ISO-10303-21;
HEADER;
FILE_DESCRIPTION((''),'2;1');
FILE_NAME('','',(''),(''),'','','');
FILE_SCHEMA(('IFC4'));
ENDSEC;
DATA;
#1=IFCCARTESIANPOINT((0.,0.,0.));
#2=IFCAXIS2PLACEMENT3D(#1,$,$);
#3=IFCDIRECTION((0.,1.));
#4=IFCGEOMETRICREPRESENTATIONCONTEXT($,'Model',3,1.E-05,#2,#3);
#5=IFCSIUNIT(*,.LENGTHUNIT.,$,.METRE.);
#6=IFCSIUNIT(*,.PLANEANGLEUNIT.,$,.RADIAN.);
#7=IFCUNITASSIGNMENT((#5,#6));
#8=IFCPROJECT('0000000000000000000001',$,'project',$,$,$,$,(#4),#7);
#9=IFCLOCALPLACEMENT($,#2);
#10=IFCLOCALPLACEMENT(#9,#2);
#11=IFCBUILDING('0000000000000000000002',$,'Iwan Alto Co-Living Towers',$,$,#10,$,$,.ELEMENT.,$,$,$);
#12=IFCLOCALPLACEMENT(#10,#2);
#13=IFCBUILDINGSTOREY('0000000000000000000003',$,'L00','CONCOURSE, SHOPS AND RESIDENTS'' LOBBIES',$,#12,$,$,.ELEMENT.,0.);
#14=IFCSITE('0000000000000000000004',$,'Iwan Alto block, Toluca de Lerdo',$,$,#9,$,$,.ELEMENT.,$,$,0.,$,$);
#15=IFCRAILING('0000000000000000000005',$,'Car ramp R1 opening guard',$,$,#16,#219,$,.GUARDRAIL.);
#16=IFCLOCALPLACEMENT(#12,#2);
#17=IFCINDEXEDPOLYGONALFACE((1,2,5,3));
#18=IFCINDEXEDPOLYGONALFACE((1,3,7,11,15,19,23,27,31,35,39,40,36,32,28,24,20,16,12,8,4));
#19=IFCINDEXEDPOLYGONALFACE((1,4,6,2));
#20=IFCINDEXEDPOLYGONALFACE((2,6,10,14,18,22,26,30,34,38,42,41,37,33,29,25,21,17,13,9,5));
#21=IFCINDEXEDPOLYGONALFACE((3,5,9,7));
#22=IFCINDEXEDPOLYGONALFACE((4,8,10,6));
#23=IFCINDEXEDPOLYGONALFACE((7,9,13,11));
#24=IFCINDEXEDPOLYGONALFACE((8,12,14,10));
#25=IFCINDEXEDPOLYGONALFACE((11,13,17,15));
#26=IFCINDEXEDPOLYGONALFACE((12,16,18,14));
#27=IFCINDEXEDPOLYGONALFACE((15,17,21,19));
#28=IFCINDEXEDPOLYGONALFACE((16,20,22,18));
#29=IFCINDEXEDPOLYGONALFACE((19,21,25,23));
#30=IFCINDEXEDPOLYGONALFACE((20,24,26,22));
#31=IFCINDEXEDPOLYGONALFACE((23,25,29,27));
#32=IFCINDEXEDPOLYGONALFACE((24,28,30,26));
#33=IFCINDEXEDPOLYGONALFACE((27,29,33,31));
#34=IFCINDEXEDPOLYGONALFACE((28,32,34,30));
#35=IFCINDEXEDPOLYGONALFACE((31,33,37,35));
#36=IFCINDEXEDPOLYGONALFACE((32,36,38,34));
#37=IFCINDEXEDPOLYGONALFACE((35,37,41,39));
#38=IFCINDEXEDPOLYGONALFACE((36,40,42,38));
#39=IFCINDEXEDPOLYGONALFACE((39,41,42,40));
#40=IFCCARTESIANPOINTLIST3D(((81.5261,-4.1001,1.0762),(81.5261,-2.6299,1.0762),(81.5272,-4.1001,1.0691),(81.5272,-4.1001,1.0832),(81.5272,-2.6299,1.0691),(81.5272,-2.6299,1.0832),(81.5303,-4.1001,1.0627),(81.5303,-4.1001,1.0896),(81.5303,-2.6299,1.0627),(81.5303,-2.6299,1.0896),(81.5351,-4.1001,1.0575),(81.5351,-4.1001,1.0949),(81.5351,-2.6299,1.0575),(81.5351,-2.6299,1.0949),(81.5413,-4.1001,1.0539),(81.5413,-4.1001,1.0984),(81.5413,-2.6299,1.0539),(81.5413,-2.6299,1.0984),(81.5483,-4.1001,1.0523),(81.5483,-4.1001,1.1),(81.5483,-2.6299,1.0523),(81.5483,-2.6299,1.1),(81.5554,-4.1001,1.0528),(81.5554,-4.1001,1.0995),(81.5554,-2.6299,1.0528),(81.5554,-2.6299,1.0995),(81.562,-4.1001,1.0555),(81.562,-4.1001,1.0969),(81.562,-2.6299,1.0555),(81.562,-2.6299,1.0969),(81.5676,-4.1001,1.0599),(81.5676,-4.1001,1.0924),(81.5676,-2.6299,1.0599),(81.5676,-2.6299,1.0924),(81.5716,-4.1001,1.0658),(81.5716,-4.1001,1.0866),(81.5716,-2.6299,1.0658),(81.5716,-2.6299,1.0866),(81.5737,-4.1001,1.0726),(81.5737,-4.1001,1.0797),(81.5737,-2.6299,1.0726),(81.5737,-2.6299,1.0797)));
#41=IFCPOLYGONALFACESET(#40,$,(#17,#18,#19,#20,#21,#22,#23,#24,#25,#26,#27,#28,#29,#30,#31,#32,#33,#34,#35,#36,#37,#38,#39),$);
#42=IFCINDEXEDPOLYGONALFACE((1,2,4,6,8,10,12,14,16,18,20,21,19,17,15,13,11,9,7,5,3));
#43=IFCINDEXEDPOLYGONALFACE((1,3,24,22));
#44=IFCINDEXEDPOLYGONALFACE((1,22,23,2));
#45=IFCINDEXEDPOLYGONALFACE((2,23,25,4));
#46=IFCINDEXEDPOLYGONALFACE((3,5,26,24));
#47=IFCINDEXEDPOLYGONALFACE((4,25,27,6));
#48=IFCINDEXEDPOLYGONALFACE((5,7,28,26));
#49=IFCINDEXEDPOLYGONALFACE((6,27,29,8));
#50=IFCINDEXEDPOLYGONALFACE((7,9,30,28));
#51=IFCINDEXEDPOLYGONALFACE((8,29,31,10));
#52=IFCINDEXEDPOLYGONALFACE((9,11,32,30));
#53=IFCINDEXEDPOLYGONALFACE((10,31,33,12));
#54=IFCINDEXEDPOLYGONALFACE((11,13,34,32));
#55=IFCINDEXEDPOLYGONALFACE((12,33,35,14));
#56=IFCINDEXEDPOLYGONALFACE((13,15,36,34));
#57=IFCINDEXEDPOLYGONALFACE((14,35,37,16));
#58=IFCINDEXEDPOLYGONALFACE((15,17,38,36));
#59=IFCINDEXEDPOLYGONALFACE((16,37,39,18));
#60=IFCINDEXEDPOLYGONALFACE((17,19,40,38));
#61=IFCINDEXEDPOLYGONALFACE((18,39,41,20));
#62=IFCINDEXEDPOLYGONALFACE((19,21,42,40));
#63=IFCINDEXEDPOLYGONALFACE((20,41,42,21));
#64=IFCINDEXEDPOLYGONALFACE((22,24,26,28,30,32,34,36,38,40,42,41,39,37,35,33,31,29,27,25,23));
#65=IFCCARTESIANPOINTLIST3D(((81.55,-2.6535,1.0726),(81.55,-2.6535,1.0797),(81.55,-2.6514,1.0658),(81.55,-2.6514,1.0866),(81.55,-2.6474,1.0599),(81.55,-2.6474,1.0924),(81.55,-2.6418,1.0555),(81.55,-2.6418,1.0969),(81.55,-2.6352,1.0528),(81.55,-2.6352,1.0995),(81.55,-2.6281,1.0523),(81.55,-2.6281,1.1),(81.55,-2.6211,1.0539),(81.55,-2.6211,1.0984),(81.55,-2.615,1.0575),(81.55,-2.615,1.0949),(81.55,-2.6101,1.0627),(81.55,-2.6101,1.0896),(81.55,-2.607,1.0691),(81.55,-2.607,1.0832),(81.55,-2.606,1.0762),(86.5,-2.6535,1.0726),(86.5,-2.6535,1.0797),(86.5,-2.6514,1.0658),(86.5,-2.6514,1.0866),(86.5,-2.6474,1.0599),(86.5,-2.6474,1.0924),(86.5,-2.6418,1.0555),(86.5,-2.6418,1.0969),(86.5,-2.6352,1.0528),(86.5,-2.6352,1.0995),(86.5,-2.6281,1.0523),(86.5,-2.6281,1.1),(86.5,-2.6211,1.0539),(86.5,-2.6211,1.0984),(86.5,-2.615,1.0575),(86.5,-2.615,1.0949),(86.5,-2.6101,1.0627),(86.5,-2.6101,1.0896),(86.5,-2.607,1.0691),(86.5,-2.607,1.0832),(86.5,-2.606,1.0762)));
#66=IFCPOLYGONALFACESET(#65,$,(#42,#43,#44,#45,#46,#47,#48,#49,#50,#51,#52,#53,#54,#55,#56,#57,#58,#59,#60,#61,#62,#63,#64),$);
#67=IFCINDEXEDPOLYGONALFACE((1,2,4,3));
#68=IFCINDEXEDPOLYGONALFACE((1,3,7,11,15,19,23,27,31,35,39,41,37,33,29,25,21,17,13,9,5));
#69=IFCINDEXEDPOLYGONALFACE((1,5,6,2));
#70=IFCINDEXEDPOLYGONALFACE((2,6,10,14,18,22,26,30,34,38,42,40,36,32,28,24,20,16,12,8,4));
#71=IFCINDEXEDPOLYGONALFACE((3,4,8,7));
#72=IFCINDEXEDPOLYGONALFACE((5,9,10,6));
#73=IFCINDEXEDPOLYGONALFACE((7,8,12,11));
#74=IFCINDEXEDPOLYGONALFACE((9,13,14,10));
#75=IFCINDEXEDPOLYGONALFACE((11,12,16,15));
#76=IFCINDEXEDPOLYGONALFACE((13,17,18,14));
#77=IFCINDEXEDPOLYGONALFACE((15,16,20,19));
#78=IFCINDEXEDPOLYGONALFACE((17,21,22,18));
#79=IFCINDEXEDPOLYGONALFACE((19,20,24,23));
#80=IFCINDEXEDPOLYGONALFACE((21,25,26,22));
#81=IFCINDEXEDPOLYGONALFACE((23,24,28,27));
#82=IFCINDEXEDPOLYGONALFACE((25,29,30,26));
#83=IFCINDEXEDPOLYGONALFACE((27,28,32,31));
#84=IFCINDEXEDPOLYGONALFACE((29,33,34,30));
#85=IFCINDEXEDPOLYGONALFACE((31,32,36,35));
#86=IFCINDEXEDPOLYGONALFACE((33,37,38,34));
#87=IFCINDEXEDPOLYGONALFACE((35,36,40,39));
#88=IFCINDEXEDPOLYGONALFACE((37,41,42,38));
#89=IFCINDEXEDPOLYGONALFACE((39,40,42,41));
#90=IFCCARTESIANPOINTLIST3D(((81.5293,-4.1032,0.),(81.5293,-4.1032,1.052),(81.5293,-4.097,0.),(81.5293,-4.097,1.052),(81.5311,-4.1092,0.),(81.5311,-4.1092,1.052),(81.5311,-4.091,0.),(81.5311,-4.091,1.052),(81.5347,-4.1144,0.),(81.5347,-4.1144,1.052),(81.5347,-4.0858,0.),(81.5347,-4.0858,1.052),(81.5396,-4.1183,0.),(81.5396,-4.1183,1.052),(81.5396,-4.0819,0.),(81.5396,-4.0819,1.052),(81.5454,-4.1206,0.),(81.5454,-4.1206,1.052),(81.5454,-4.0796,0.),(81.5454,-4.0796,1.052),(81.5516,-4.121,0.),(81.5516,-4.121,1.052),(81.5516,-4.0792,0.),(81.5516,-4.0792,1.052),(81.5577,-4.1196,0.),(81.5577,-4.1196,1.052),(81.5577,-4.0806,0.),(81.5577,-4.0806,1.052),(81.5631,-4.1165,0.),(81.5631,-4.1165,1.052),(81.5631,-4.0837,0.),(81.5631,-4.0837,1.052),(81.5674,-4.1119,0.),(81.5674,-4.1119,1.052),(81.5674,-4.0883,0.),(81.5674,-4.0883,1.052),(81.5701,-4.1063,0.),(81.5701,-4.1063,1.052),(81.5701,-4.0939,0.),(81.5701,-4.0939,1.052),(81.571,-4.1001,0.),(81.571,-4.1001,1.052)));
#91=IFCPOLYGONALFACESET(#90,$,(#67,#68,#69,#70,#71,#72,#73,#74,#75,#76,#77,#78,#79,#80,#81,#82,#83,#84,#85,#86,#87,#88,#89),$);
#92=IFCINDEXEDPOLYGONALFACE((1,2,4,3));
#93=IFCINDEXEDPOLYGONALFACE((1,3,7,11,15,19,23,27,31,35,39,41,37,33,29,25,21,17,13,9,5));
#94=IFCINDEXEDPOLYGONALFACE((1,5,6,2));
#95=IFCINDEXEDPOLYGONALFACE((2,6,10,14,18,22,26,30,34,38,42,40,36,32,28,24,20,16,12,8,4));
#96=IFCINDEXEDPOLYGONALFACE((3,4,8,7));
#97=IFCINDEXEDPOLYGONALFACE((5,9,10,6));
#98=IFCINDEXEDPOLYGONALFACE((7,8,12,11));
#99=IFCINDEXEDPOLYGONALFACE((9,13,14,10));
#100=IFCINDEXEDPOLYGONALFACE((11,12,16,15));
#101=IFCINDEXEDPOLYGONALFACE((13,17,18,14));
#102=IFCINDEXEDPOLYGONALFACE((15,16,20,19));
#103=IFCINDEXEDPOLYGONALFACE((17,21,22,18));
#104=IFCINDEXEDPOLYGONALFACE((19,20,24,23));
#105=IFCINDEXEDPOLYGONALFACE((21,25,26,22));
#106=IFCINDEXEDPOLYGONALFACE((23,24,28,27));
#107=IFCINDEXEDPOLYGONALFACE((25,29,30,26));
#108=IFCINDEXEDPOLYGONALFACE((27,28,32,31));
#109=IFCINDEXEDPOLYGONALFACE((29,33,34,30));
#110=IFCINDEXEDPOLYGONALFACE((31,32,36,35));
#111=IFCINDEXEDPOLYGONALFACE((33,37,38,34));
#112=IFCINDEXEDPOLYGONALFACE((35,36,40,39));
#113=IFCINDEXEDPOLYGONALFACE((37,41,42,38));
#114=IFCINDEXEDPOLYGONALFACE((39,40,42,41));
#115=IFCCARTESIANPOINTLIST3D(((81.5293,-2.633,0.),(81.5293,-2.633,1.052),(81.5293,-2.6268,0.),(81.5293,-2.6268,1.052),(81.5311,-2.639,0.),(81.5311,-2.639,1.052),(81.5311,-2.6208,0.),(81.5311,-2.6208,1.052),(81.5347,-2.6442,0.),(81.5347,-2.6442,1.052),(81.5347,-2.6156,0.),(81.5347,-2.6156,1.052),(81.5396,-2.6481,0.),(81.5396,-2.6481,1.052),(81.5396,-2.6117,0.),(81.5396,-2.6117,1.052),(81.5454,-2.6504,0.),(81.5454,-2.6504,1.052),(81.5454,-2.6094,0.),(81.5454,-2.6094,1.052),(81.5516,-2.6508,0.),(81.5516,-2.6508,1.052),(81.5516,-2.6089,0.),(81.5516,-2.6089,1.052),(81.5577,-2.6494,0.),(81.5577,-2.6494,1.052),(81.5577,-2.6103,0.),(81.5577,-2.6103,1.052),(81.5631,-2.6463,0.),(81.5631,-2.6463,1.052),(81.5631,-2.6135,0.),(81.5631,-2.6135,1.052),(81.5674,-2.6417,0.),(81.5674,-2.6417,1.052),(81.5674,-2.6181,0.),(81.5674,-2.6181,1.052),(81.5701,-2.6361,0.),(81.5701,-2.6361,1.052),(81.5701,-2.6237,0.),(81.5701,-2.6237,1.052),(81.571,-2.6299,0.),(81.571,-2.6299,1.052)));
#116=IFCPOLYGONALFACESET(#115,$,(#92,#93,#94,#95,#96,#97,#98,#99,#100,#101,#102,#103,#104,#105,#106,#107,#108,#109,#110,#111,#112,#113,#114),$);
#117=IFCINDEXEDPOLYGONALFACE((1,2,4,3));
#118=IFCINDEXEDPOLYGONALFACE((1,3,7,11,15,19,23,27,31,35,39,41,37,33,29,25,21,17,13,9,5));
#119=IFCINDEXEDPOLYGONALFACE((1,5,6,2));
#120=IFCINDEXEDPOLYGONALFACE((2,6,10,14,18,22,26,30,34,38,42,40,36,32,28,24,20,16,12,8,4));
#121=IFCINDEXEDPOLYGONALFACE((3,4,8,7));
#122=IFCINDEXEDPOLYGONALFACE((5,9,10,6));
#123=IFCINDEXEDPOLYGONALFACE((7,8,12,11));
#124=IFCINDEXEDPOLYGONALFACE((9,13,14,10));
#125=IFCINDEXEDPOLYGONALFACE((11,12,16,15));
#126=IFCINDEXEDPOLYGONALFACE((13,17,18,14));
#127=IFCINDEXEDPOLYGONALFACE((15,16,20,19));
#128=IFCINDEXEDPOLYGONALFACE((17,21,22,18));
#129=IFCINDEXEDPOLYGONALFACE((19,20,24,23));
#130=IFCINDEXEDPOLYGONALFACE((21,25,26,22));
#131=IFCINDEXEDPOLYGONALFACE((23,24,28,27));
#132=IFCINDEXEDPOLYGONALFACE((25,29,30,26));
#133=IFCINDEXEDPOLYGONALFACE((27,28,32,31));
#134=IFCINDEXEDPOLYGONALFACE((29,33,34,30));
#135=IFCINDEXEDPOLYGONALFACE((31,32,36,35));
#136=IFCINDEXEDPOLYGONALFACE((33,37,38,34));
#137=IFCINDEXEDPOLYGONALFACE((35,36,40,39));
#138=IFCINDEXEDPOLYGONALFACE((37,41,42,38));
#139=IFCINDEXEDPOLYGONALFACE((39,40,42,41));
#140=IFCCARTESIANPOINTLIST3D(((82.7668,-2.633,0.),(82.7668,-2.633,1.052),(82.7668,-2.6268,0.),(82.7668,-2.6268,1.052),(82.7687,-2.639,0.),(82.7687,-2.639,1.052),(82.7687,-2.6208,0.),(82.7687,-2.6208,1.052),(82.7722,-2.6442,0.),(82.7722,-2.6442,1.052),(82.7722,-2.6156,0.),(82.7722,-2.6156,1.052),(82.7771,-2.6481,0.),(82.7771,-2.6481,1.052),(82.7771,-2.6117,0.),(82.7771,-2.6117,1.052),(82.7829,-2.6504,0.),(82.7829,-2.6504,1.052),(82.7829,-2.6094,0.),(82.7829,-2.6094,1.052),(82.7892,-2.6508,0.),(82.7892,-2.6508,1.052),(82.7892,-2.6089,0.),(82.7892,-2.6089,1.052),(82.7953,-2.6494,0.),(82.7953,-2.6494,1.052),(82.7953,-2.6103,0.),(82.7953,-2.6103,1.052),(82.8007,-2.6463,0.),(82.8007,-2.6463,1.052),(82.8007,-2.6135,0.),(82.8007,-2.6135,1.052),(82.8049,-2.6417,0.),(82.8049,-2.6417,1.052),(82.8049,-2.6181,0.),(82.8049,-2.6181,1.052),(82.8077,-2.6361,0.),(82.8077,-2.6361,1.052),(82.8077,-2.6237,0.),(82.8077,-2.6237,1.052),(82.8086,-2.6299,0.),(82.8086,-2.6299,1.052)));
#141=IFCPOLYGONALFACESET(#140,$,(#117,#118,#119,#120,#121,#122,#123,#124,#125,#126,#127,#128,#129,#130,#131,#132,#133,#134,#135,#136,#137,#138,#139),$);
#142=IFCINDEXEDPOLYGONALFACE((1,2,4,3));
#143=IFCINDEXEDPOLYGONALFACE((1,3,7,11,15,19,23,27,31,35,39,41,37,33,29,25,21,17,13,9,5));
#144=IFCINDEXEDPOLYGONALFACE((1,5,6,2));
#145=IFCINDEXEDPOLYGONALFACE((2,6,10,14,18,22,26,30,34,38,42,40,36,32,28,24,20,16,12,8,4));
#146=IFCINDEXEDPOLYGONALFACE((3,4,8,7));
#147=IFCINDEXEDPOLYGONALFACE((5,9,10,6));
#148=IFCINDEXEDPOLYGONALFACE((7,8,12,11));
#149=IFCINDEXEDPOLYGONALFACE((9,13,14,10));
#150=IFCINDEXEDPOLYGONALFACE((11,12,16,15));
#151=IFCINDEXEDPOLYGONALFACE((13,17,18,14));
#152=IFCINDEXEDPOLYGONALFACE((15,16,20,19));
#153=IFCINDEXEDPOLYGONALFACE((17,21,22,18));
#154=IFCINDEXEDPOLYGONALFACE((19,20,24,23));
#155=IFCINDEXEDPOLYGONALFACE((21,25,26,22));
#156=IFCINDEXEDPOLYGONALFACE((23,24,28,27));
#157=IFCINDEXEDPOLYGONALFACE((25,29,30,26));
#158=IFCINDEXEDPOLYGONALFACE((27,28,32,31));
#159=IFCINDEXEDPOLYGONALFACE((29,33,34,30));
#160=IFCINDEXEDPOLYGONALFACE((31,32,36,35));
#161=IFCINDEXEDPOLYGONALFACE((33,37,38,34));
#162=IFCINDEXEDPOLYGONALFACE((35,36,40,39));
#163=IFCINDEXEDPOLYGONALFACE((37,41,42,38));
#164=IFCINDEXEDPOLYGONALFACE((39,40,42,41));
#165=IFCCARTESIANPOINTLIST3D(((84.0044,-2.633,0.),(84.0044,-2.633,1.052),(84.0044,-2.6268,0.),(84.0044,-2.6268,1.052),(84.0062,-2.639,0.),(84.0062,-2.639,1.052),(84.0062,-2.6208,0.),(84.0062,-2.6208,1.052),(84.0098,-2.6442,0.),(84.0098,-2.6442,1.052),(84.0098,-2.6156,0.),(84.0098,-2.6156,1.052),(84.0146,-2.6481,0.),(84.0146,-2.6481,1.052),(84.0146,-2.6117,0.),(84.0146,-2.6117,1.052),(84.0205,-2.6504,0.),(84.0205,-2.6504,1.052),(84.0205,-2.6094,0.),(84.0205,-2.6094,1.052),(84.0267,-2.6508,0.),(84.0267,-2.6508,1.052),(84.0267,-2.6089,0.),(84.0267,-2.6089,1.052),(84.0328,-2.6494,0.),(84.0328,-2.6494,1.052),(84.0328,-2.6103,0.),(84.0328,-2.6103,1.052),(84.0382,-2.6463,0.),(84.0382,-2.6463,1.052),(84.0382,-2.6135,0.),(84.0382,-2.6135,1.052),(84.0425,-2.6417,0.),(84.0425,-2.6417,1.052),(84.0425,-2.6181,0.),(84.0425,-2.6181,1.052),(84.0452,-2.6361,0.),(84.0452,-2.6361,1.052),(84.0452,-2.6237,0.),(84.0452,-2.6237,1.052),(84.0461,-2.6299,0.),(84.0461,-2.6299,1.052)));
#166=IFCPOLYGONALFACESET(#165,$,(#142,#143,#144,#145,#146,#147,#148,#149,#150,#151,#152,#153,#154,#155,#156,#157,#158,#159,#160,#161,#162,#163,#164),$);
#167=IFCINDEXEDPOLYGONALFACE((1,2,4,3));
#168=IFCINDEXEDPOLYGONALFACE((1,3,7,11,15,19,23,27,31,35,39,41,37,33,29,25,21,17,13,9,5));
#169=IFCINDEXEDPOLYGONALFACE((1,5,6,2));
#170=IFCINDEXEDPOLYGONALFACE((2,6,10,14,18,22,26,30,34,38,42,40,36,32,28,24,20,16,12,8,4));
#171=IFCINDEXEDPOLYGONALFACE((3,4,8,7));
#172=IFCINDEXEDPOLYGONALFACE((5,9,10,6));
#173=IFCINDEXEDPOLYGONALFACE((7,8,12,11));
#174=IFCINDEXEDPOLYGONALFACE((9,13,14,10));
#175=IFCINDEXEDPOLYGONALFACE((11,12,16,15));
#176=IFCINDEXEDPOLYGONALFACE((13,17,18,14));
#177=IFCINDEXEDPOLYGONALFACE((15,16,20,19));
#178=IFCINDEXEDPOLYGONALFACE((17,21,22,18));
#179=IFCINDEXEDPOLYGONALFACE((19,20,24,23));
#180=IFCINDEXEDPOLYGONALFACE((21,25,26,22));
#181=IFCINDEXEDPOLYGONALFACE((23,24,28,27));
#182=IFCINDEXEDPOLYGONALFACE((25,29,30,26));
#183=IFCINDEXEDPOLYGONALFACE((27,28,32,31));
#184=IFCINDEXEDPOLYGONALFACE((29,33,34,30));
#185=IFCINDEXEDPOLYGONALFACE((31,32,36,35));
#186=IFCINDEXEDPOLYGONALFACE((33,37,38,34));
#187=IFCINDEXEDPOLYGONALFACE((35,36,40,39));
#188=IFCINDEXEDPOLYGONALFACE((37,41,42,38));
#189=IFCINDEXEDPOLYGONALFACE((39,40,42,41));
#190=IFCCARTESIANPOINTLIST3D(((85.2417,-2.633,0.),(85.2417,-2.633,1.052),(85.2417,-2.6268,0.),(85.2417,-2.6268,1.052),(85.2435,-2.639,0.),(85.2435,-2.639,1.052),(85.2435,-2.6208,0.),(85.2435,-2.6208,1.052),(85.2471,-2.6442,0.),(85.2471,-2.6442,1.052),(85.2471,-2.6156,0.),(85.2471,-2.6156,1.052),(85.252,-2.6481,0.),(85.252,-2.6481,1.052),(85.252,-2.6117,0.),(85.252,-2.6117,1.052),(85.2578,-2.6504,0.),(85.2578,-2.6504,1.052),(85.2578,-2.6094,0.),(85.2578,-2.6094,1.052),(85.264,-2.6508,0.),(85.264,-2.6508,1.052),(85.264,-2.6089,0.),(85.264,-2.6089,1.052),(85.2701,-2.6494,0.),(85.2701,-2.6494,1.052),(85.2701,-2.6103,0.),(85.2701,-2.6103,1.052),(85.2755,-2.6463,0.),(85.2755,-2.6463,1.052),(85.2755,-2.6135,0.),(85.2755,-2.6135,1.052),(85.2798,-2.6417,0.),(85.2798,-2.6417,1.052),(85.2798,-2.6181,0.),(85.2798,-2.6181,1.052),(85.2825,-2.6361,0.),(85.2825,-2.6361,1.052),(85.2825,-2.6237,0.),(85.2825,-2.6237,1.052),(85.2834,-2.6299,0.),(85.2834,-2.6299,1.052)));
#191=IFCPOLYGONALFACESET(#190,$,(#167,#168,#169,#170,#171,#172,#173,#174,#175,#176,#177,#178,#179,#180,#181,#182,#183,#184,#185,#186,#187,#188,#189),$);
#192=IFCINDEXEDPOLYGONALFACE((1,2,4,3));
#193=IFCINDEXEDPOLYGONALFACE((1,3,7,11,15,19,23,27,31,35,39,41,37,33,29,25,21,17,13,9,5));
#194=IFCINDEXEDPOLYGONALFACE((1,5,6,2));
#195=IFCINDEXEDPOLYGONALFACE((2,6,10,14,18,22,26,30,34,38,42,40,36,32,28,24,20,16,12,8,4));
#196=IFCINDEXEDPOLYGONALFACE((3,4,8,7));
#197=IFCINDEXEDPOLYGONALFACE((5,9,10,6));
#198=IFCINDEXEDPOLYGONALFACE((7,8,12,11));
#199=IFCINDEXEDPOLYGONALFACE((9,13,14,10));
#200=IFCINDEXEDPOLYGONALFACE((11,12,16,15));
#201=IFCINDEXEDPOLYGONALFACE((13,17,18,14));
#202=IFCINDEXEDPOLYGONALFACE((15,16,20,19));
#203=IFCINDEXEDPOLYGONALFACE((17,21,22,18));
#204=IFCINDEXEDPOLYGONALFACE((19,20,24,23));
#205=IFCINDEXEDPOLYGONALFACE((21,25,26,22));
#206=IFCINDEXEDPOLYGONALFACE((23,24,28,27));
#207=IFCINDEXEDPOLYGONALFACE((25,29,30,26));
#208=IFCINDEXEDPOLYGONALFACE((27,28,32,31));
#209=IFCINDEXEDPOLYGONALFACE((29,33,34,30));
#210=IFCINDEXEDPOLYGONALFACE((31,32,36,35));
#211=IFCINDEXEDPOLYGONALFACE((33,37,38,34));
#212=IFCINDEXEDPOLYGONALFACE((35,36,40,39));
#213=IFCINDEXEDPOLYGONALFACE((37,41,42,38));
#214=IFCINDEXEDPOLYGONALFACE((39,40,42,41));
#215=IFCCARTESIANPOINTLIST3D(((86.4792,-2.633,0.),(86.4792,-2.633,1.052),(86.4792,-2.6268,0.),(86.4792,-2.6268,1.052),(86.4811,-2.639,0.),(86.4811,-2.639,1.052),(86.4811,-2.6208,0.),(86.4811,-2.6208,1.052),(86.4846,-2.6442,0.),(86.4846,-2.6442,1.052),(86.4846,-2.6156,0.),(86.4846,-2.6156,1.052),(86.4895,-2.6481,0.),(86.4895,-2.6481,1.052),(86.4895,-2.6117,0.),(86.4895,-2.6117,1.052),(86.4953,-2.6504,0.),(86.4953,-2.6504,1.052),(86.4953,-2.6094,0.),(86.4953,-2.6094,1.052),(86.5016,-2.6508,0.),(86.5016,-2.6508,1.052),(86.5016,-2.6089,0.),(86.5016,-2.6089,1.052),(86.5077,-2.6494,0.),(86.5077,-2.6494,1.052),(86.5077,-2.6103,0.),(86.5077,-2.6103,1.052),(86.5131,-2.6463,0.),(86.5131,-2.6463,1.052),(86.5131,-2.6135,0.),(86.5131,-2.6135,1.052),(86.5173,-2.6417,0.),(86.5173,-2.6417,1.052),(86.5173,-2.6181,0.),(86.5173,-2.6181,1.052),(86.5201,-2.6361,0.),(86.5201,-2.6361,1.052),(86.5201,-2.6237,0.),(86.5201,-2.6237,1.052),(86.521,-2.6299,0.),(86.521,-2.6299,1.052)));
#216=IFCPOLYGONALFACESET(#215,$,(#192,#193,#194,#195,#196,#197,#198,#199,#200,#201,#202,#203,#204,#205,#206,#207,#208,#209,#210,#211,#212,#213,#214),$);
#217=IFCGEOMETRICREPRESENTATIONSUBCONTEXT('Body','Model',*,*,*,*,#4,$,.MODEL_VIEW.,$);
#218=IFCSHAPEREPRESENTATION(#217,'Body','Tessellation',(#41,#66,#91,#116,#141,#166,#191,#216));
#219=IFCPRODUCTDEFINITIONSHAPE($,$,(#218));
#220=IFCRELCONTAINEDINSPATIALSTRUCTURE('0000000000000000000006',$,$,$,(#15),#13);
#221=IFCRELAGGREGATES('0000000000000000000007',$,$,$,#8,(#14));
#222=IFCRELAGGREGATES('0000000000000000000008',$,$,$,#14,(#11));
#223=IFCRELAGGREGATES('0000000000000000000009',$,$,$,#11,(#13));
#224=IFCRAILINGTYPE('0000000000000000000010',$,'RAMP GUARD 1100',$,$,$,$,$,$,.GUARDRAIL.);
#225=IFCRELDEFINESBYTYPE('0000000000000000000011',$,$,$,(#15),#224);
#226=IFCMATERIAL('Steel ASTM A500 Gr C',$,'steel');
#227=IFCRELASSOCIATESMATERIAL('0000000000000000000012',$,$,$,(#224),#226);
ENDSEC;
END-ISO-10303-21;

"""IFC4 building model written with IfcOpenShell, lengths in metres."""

from ifc_helpers import new_model, si_unit, direction, frame, origin, origin_2d, place, context, subcontext, project, spatial, circle, extrude, material, type_object, element, save


model = new_model("IFC4")

# Units and contexts
model_context = context("Model", 3, precision=1e-05, world=origin(), true_north=direction((0.0, 1.0)))
body_context = subcontext(model_context, "Body", "Model", "MODEL_VIEW")
ifc_project = project(units=[si_unit("LENGTHUNIT", "METRE"), si_unit("PLANEANGLEUNIT", "RADIAN")], contexts=[model_context])

# Site, building, storey
site_placement = place(None, origin())
site = spatial("IfcSite", under=ifc_project, at=site_placement, Name="Iwan Alto block, Toluca de Lerdo", CompositionType="ELEMENT", RefElevation=0.0)
building_placement = place(site_placement, origin())
building = spatial("IfcBuilding", under=site, at=building_placement, Name="Iwan Alto Co-Living Towers", CompositionType="ELEMENT")
storey_placement = place(building_placement, origin())
storey = spatial("IfcBuildingStorey", under=building, at=storey_placement, Name="L00", Description="CONCOURSE, SHOPS AND RESIDENTS' LOBBIES", CompositionType="ELEMENT", Elevation=0.0)

# Railing
ifc_material_1 = material(Name="Steel ASTM A500 Gr C", Category="steel")
railing_type_1 = type_object("IfcRailingType", Name="RAMP GUARD 1100", PredefinedType="GUARDRAIL", material=ifc_material_1)
railing_1_placement = place(storey_placement, frame((81.55, -4.1001, 0.0)))
element("IfcRailing", 1, at=railing_1_placement, inside=storey, type_object=railing_type_1, Name="Car ramp R1 opening guard", PredefinedType="GUARDRAIL", context=body_context, shape_type="SweptSolid", body=[
    extrude(circle(Radius=0.0239, at=origin_2d()), frame((0.0, 0.0, 1.0762), z_axis=(0.0, 1.0, 0.0), x_axis=(-1.0, 0.0, 0.0)), (0.0, 0.0, 1.0), 1.4702),
    extrude(circle(Radius=0.0239, at=origin_2d()), frame((0.0, 1.4702, 1.0762), z_axis=(1.0, 0.0, 0.0), x_axis=(0.0, 1.0, 0.0)), (0.0, 0.0, 1.0), 4.95),
    extrude(circle(Radius=0.021, at=origin_2d()), origin(), (0.0, 0.0, 1.0), 1.052),
    extrude(circle(Radius=0.021, at=origin_2d()), frame((0.0, 1.4702, 0.0)), (0.0, 0.0, 1.0), 1.052),
    extrude(circle(Radius=0.021, at=origin_2d()), frame((1.2375, 1.4702, 0.0)), (0.0, 0.0, 1.0), 1.052),
    extrude(circle(Radius=0.021, at=origin_2d()), frame((2.4751, 1.4702, 0.0)), (0.0, 0.0, 1.0), 1.052),
    extrude(circle(Radius=0.021, at=origin_2d()), frame((3.7124, 1.4702, 0.0)), (0.0, 0.0, 1.0), 1.052),
    extrude(circle(Radius=0.021, at=origin_2d()), frame((4.95, 1.4702, 0.0)), (0.0, 0.0, 1.0), 1.052),
])

save(model, "model.ifc")
